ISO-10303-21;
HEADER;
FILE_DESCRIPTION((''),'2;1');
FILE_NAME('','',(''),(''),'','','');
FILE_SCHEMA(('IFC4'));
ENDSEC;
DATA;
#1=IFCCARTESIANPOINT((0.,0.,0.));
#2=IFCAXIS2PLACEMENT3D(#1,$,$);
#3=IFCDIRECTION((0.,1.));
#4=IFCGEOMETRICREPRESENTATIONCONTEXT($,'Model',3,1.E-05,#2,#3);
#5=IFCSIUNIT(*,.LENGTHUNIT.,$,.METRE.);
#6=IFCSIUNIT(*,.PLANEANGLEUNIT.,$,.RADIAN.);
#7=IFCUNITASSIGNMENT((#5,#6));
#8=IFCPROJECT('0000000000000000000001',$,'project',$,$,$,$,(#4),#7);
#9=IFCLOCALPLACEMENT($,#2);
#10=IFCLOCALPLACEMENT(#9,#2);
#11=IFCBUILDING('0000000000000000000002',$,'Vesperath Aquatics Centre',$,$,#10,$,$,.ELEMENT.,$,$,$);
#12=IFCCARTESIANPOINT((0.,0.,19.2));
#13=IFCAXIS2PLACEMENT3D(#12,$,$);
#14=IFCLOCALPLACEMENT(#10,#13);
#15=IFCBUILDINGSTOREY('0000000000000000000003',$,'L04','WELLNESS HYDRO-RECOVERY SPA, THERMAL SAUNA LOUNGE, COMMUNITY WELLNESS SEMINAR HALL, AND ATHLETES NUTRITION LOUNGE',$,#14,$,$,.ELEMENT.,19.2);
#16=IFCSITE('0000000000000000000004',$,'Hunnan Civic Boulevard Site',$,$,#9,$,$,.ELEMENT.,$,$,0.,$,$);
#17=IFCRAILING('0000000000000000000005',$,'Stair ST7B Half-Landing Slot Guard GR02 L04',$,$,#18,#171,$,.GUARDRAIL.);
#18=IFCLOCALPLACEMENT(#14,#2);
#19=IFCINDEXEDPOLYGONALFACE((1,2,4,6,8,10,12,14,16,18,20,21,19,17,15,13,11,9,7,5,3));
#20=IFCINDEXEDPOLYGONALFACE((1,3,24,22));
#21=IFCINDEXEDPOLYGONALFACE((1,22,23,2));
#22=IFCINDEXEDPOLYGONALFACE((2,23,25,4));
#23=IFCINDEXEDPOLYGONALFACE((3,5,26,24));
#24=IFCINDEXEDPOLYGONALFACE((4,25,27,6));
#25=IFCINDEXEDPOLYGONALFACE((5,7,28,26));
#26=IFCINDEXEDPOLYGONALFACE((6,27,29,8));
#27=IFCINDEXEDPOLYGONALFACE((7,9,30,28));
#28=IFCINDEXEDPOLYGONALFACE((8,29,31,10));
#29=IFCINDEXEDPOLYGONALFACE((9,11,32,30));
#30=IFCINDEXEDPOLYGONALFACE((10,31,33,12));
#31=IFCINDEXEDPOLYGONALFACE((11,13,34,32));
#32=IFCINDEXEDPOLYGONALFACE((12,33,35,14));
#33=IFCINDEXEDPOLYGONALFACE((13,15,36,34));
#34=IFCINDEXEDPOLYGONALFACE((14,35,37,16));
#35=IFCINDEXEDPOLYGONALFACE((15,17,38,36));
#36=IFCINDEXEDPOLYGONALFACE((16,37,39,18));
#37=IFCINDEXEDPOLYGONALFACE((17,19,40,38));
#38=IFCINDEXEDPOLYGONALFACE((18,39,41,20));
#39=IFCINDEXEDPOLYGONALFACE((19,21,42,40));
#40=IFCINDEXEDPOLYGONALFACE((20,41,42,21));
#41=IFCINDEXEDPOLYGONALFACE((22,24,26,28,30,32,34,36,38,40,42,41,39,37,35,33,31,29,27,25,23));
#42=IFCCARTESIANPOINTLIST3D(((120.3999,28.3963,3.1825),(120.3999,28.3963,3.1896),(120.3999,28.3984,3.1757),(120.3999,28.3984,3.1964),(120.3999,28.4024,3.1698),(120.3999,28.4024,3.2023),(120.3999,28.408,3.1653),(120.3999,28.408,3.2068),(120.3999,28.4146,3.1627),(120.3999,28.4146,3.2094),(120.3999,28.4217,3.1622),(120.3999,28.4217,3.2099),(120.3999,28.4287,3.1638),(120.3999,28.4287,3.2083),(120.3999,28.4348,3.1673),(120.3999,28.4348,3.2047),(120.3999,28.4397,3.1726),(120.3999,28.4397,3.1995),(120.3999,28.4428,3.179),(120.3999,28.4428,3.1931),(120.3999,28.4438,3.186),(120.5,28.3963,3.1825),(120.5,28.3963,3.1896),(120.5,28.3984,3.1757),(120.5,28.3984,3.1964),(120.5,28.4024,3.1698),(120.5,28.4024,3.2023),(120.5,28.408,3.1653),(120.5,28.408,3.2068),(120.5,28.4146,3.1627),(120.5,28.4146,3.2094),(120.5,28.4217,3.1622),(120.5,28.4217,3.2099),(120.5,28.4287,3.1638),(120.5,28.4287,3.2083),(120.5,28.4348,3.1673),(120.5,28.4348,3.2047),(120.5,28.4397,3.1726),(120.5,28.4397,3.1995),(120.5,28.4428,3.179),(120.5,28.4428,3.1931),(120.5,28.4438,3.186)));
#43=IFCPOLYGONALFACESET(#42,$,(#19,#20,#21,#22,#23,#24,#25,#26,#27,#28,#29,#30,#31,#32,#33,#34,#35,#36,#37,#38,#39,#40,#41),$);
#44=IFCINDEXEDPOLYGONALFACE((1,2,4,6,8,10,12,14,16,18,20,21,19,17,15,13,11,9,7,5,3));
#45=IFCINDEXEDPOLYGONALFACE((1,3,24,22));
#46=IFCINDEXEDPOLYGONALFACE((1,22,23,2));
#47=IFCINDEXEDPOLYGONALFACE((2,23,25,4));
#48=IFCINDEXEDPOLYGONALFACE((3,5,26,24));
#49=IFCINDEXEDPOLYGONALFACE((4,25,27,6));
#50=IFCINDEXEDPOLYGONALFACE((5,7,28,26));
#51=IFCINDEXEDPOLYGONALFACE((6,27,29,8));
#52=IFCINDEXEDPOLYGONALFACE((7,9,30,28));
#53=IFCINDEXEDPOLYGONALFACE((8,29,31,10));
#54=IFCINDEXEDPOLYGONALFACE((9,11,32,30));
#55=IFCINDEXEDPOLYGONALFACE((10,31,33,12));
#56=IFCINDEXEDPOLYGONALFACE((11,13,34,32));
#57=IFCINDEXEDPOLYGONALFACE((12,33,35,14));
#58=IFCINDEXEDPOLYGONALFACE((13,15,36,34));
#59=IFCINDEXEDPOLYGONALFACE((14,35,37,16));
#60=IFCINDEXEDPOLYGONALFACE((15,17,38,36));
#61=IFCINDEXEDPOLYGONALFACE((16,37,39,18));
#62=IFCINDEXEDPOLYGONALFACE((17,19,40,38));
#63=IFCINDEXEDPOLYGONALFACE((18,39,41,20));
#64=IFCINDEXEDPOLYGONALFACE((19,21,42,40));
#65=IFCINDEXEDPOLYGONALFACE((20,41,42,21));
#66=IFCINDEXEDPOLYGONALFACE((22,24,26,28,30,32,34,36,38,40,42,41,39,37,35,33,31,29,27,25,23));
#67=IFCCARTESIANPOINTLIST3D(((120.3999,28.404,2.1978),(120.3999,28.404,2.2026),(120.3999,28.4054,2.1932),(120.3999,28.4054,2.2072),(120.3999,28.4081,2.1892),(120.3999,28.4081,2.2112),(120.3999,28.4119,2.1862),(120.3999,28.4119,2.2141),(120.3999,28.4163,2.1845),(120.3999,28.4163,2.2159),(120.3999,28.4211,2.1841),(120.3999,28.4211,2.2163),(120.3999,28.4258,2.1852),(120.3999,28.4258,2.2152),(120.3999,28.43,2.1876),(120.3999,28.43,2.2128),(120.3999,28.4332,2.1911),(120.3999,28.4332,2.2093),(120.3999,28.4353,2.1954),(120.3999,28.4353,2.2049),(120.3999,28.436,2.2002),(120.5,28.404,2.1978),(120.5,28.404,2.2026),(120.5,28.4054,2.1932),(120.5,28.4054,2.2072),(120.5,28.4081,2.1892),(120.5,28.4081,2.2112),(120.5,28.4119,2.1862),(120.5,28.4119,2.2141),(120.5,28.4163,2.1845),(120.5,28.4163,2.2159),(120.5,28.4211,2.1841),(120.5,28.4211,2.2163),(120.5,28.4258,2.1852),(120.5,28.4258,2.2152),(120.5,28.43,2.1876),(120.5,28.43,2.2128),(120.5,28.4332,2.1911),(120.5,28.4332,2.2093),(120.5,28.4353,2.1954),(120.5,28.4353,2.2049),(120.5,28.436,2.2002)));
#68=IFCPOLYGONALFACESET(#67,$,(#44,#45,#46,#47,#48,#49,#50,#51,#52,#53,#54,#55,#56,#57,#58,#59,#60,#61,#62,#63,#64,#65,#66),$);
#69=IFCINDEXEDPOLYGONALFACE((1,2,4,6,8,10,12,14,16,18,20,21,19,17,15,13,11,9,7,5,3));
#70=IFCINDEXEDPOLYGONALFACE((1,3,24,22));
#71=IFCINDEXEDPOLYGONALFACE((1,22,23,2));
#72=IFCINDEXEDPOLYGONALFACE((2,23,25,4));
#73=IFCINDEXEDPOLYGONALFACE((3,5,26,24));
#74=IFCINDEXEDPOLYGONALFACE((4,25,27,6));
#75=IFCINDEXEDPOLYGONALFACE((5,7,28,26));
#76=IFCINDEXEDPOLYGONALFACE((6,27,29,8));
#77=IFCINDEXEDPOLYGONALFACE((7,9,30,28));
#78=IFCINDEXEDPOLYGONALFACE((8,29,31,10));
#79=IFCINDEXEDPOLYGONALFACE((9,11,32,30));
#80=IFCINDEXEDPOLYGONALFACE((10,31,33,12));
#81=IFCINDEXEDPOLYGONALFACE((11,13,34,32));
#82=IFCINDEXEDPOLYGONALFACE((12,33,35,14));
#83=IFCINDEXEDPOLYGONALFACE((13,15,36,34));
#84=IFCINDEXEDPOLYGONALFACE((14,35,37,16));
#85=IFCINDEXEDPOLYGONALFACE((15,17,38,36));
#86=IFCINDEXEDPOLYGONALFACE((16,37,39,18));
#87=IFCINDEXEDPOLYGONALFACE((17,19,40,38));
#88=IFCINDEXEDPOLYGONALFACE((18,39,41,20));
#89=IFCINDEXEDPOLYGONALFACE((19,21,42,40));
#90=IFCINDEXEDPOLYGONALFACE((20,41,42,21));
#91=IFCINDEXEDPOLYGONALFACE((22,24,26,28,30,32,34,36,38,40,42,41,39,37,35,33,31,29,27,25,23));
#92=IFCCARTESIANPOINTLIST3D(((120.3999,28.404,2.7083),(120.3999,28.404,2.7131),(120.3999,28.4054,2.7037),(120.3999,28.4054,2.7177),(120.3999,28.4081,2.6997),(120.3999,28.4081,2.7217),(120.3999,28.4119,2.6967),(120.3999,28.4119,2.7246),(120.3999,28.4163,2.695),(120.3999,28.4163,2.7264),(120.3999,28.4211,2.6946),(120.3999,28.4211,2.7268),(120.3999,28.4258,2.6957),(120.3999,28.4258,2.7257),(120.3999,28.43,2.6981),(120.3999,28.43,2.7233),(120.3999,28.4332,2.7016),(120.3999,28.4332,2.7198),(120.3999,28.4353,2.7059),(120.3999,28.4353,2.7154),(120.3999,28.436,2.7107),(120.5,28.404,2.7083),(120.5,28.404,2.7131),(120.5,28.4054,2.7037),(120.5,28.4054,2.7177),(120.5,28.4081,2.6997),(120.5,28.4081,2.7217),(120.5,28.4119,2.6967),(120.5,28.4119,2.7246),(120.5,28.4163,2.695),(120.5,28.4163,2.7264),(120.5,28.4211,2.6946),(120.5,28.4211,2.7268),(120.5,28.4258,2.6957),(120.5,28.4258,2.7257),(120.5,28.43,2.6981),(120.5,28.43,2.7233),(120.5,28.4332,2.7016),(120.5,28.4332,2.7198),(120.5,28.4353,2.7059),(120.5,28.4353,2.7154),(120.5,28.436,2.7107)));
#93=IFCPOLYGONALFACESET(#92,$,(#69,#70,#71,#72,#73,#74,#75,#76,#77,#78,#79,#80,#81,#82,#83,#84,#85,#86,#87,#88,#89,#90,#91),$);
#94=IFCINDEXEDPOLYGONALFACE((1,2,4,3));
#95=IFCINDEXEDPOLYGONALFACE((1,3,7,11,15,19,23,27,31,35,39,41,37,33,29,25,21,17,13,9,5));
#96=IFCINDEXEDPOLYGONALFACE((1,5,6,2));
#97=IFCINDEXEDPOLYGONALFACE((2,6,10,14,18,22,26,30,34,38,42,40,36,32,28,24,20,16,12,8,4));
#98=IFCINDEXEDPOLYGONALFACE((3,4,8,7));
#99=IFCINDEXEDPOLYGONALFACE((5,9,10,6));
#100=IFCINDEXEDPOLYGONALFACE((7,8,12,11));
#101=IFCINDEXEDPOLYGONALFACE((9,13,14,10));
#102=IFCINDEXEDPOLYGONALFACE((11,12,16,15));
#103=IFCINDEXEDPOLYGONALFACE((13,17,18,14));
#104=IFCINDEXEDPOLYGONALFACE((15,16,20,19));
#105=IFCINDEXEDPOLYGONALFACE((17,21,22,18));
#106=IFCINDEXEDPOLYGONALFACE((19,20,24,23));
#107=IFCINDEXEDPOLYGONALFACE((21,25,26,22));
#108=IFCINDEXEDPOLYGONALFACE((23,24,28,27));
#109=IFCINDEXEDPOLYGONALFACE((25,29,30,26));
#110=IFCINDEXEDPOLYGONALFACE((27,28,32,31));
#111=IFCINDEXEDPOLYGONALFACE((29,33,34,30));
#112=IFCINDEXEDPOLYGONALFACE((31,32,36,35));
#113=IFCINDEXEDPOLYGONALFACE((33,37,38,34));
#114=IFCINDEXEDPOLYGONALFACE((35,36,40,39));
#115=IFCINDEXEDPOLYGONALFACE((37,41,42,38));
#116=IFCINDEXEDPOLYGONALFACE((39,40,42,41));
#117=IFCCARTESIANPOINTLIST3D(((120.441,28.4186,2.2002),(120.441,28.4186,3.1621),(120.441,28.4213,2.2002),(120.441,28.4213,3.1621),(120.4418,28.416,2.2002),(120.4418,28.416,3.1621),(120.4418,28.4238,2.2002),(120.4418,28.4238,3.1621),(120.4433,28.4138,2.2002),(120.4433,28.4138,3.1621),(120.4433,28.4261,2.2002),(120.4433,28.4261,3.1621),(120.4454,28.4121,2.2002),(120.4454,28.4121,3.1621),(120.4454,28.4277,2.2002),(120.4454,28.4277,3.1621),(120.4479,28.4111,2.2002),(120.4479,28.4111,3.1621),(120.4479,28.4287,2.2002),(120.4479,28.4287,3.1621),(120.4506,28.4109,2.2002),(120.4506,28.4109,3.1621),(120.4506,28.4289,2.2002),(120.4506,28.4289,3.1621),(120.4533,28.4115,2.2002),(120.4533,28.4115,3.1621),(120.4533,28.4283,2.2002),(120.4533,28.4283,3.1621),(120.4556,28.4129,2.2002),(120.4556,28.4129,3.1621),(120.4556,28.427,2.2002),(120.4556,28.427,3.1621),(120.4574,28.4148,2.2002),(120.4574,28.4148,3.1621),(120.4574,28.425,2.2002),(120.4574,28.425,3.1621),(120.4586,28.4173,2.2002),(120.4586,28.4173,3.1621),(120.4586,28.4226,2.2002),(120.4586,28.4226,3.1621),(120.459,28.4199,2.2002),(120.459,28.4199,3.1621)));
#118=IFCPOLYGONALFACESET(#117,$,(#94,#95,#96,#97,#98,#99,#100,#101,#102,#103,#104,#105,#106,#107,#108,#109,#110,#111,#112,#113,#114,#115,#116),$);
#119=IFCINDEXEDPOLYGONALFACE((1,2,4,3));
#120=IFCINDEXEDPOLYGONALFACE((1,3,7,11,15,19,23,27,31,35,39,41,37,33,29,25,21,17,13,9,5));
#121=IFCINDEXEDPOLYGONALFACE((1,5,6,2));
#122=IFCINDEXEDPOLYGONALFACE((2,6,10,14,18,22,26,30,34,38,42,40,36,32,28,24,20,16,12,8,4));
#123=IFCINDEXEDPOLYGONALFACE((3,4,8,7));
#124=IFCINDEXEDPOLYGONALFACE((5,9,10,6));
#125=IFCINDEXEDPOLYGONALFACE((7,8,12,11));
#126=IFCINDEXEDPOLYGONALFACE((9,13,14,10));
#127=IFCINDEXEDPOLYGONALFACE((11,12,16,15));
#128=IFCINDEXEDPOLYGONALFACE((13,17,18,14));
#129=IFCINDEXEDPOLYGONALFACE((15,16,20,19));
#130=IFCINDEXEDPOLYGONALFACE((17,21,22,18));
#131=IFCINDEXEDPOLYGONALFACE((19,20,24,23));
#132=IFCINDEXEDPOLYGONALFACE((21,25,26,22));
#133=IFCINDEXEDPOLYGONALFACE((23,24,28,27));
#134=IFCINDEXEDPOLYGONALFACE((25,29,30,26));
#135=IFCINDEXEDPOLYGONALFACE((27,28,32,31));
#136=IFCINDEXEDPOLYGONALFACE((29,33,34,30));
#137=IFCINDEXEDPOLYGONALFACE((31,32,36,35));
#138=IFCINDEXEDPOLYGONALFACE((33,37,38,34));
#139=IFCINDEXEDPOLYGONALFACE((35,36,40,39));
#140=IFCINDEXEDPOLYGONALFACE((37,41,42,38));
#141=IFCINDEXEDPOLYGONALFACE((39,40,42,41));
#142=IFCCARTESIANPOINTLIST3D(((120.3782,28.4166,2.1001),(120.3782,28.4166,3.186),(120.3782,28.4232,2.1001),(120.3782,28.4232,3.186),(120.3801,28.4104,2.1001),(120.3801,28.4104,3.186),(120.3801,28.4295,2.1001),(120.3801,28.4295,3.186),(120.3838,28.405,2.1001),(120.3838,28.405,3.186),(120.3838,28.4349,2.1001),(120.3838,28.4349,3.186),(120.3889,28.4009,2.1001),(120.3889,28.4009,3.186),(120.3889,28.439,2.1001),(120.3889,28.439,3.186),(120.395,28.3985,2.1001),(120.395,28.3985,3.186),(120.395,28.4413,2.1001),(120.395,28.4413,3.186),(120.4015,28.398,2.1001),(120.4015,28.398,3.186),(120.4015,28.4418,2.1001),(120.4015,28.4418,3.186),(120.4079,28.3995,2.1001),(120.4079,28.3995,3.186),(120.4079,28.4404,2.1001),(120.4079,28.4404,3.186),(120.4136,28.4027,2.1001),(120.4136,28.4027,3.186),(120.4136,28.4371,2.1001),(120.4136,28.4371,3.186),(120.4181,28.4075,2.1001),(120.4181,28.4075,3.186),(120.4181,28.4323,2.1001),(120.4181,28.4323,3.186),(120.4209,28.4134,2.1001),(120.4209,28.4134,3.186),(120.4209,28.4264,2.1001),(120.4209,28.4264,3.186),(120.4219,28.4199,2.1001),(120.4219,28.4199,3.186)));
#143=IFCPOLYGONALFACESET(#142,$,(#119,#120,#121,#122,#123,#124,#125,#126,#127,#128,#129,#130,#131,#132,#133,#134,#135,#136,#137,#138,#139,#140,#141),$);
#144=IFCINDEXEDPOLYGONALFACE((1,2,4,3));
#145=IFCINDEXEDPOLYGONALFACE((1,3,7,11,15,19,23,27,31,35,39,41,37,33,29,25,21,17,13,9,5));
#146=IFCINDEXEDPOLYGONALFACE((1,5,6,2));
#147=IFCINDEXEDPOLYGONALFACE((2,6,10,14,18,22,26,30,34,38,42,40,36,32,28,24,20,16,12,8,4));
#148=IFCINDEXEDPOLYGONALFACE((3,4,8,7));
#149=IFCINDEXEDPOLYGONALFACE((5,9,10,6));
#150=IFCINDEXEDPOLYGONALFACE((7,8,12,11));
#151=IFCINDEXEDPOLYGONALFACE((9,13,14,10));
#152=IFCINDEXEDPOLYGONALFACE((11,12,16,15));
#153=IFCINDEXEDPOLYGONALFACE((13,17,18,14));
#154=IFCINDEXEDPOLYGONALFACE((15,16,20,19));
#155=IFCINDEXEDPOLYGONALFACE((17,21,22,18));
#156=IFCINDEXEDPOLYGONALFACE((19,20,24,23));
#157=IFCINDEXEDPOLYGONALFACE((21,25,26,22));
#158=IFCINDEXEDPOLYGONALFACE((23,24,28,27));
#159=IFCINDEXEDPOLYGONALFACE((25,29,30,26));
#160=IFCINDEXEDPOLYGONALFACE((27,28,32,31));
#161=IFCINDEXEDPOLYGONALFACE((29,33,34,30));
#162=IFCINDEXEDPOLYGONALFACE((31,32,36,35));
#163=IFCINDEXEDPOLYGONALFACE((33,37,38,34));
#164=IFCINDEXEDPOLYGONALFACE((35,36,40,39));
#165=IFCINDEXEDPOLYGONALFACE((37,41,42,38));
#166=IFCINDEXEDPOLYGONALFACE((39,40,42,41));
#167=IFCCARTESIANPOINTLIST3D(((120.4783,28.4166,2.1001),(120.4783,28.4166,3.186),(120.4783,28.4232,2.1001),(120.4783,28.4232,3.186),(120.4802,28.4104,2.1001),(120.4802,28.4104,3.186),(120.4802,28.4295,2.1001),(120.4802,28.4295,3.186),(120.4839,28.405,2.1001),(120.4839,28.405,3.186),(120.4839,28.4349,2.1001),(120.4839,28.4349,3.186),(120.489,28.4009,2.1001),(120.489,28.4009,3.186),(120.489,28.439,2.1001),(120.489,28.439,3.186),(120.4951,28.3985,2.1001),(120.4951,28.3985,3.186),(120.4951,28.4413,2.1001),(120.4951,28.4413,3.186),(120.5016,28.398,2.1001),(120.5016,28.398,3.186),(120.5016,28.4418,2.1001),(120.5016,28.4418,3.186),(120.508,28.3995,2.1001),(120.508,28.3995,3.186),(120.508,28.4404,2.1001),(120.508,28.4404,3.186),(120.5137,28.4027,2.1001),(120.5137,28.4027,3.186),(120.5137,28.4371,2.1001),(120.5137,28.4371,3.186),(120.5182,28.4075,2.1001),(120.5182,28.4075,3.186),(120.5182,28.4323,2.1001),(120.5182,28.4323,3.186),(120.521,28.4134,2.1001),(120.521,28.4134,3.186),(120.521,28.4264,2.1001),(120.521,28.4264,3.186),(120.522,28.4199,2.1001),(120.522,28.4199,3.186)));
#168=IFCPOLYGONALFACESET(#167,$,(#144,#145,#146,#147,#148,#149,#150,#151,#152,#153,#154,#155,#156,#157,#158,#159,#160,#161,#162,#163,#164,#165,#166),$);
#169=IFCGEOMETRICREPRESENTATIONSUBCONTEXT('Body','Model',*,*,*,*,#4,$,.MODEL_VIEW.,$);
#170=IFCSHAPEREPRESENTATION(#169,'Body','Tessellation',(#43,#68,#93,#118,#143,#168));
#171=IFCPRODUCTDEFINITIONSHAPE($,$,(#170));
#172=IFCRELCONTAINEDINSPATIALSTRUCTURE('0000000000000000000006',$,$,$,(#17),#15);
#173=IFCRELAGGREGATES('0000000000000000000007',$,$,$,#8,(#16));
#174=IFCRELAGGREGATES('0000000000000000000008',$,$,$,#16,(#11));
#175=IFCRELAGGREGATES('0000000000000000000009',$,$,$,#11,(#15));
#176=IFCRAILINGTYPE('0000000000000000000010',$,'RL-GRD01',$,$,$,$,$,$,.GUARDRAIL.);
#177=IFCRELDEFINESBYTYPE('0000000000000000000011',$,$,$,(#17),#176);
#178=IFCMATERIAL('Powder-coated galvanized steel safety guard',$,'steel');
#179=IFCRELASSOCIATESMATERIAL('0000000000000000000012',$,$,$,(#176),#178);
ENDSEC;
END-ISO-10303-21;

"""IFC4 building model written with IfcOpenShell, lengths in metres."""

from ifc_helpers import new_model, si_unit, direction, frame, origin, origin_2d, place, context, subcontext, project, spatial, circle, extrude, material, type_object, element, save


model = new_model("IFC4")

# Units and contexts
model_context = context("Model", 3, precision=1e-05, world=origin(), true_north=direction((0.0, 1.0)))
body_context = subcontext(model_context, "Body", "Model", "MODEL_VIEW")
ifc_project = project(units=[si_unit("LENGTHUNIT", "METRE"), si_unit("PLANEANGLEUNIT", "RADIAN")], contexts=[model_context])

# Site, building, storey
site_placement = place(None, origin())
site = spatial("IfcSite", under=ifc_project, at=site_placement, Name="Hunnan Civic Boulevard Site", CompositionType="ELEMENT", RefElevation=0.0)
building_placement = place(site_placement, origin())
building = spatial("IfcBuilding", under=site, at=building_placement, Name="Vesperath Aquatics Centre", CompositionType="ELEMENT")
storey_placement = place(building_placement, frame((0.0, 0.0, 19.2)))
storey = spatial("IfcBuildingStorey", under=building, at=storey_placement, Name="L04", Description="WELLNESS HYDRO-RECOVERY SPA, THERMAL SAUNA LOUNGE, COMMUNITY WELLNESS SEMINAR HALL, AND ATHLETES NUTRITION LOUNGE", CompositionType="ELEMENT", Elevation=19.2)

# Railing
ifc_material_1 = material(Name="Powder-coated galvanized steel safety guard", Category="steel")
railing_type_1 = type_object("IfcRailingType", Name="RL-GRD01", PredefinedType="GUARDRAIL", material=ifc_material_1)
railing_1_placement = place(storey_placement, frame((120.3999, 28.4199, 2.1001)))
element("IfcRailing", 1, at=railing_1_placement, inside=storey, type_object=railing_type_1, Name="Stair ST7B Half-Landing Slot Guard GR02 L04", PredefinedType="GUARDRAIL", context=body_context, shape_type="SweptSolid", body=[
    extrude(circle(Radius=0.0239, at=origin_2d()), frame((0.0, 0.0, 1.0859), z_axis=(1.0, 0.0, 0.0), x_axis=(0.0, 1.0, 0.0)), (0.0, 0.0, 1.0), 0.1001),
    extrude(circle(Radius=0.0161, at=origin_2d()), frame((0.0, 0.0, 0.1001), z_axis=(1.0, 0.0, 0.0), x_axis=(0.0, 1.0, 0.0)), (0.0, 0.0, 1.0), 0.1001),
    extrude(circle(Radius=0.0161, at=origin_2d()), frame((0.0, 0.0, 0.6106), z_axis=(1.0, 0.0, 0.0), x_axis=(0.0, 1.0, 0.0)), (0.0, 0.0, 1.0), 0.1001),
    extrude(circle(Radius=0.009, at=origin_2d()), frame((0.05, 0.0, 0.1001)), (0.0, 0.0, 1.0), 0.9619),
    extrude(circle(Radius=0.022, at=origin_2d()), origin(), (0.0, 0.0, 1.0), 1.0859),
    extrude(circle(Radius=0.022, at=origin_2d()), frame((0.1001, 0.0, 0.0)), (0.0, 0.0, 1.0), 1.0859),
])

save(model, "model.ifc")
